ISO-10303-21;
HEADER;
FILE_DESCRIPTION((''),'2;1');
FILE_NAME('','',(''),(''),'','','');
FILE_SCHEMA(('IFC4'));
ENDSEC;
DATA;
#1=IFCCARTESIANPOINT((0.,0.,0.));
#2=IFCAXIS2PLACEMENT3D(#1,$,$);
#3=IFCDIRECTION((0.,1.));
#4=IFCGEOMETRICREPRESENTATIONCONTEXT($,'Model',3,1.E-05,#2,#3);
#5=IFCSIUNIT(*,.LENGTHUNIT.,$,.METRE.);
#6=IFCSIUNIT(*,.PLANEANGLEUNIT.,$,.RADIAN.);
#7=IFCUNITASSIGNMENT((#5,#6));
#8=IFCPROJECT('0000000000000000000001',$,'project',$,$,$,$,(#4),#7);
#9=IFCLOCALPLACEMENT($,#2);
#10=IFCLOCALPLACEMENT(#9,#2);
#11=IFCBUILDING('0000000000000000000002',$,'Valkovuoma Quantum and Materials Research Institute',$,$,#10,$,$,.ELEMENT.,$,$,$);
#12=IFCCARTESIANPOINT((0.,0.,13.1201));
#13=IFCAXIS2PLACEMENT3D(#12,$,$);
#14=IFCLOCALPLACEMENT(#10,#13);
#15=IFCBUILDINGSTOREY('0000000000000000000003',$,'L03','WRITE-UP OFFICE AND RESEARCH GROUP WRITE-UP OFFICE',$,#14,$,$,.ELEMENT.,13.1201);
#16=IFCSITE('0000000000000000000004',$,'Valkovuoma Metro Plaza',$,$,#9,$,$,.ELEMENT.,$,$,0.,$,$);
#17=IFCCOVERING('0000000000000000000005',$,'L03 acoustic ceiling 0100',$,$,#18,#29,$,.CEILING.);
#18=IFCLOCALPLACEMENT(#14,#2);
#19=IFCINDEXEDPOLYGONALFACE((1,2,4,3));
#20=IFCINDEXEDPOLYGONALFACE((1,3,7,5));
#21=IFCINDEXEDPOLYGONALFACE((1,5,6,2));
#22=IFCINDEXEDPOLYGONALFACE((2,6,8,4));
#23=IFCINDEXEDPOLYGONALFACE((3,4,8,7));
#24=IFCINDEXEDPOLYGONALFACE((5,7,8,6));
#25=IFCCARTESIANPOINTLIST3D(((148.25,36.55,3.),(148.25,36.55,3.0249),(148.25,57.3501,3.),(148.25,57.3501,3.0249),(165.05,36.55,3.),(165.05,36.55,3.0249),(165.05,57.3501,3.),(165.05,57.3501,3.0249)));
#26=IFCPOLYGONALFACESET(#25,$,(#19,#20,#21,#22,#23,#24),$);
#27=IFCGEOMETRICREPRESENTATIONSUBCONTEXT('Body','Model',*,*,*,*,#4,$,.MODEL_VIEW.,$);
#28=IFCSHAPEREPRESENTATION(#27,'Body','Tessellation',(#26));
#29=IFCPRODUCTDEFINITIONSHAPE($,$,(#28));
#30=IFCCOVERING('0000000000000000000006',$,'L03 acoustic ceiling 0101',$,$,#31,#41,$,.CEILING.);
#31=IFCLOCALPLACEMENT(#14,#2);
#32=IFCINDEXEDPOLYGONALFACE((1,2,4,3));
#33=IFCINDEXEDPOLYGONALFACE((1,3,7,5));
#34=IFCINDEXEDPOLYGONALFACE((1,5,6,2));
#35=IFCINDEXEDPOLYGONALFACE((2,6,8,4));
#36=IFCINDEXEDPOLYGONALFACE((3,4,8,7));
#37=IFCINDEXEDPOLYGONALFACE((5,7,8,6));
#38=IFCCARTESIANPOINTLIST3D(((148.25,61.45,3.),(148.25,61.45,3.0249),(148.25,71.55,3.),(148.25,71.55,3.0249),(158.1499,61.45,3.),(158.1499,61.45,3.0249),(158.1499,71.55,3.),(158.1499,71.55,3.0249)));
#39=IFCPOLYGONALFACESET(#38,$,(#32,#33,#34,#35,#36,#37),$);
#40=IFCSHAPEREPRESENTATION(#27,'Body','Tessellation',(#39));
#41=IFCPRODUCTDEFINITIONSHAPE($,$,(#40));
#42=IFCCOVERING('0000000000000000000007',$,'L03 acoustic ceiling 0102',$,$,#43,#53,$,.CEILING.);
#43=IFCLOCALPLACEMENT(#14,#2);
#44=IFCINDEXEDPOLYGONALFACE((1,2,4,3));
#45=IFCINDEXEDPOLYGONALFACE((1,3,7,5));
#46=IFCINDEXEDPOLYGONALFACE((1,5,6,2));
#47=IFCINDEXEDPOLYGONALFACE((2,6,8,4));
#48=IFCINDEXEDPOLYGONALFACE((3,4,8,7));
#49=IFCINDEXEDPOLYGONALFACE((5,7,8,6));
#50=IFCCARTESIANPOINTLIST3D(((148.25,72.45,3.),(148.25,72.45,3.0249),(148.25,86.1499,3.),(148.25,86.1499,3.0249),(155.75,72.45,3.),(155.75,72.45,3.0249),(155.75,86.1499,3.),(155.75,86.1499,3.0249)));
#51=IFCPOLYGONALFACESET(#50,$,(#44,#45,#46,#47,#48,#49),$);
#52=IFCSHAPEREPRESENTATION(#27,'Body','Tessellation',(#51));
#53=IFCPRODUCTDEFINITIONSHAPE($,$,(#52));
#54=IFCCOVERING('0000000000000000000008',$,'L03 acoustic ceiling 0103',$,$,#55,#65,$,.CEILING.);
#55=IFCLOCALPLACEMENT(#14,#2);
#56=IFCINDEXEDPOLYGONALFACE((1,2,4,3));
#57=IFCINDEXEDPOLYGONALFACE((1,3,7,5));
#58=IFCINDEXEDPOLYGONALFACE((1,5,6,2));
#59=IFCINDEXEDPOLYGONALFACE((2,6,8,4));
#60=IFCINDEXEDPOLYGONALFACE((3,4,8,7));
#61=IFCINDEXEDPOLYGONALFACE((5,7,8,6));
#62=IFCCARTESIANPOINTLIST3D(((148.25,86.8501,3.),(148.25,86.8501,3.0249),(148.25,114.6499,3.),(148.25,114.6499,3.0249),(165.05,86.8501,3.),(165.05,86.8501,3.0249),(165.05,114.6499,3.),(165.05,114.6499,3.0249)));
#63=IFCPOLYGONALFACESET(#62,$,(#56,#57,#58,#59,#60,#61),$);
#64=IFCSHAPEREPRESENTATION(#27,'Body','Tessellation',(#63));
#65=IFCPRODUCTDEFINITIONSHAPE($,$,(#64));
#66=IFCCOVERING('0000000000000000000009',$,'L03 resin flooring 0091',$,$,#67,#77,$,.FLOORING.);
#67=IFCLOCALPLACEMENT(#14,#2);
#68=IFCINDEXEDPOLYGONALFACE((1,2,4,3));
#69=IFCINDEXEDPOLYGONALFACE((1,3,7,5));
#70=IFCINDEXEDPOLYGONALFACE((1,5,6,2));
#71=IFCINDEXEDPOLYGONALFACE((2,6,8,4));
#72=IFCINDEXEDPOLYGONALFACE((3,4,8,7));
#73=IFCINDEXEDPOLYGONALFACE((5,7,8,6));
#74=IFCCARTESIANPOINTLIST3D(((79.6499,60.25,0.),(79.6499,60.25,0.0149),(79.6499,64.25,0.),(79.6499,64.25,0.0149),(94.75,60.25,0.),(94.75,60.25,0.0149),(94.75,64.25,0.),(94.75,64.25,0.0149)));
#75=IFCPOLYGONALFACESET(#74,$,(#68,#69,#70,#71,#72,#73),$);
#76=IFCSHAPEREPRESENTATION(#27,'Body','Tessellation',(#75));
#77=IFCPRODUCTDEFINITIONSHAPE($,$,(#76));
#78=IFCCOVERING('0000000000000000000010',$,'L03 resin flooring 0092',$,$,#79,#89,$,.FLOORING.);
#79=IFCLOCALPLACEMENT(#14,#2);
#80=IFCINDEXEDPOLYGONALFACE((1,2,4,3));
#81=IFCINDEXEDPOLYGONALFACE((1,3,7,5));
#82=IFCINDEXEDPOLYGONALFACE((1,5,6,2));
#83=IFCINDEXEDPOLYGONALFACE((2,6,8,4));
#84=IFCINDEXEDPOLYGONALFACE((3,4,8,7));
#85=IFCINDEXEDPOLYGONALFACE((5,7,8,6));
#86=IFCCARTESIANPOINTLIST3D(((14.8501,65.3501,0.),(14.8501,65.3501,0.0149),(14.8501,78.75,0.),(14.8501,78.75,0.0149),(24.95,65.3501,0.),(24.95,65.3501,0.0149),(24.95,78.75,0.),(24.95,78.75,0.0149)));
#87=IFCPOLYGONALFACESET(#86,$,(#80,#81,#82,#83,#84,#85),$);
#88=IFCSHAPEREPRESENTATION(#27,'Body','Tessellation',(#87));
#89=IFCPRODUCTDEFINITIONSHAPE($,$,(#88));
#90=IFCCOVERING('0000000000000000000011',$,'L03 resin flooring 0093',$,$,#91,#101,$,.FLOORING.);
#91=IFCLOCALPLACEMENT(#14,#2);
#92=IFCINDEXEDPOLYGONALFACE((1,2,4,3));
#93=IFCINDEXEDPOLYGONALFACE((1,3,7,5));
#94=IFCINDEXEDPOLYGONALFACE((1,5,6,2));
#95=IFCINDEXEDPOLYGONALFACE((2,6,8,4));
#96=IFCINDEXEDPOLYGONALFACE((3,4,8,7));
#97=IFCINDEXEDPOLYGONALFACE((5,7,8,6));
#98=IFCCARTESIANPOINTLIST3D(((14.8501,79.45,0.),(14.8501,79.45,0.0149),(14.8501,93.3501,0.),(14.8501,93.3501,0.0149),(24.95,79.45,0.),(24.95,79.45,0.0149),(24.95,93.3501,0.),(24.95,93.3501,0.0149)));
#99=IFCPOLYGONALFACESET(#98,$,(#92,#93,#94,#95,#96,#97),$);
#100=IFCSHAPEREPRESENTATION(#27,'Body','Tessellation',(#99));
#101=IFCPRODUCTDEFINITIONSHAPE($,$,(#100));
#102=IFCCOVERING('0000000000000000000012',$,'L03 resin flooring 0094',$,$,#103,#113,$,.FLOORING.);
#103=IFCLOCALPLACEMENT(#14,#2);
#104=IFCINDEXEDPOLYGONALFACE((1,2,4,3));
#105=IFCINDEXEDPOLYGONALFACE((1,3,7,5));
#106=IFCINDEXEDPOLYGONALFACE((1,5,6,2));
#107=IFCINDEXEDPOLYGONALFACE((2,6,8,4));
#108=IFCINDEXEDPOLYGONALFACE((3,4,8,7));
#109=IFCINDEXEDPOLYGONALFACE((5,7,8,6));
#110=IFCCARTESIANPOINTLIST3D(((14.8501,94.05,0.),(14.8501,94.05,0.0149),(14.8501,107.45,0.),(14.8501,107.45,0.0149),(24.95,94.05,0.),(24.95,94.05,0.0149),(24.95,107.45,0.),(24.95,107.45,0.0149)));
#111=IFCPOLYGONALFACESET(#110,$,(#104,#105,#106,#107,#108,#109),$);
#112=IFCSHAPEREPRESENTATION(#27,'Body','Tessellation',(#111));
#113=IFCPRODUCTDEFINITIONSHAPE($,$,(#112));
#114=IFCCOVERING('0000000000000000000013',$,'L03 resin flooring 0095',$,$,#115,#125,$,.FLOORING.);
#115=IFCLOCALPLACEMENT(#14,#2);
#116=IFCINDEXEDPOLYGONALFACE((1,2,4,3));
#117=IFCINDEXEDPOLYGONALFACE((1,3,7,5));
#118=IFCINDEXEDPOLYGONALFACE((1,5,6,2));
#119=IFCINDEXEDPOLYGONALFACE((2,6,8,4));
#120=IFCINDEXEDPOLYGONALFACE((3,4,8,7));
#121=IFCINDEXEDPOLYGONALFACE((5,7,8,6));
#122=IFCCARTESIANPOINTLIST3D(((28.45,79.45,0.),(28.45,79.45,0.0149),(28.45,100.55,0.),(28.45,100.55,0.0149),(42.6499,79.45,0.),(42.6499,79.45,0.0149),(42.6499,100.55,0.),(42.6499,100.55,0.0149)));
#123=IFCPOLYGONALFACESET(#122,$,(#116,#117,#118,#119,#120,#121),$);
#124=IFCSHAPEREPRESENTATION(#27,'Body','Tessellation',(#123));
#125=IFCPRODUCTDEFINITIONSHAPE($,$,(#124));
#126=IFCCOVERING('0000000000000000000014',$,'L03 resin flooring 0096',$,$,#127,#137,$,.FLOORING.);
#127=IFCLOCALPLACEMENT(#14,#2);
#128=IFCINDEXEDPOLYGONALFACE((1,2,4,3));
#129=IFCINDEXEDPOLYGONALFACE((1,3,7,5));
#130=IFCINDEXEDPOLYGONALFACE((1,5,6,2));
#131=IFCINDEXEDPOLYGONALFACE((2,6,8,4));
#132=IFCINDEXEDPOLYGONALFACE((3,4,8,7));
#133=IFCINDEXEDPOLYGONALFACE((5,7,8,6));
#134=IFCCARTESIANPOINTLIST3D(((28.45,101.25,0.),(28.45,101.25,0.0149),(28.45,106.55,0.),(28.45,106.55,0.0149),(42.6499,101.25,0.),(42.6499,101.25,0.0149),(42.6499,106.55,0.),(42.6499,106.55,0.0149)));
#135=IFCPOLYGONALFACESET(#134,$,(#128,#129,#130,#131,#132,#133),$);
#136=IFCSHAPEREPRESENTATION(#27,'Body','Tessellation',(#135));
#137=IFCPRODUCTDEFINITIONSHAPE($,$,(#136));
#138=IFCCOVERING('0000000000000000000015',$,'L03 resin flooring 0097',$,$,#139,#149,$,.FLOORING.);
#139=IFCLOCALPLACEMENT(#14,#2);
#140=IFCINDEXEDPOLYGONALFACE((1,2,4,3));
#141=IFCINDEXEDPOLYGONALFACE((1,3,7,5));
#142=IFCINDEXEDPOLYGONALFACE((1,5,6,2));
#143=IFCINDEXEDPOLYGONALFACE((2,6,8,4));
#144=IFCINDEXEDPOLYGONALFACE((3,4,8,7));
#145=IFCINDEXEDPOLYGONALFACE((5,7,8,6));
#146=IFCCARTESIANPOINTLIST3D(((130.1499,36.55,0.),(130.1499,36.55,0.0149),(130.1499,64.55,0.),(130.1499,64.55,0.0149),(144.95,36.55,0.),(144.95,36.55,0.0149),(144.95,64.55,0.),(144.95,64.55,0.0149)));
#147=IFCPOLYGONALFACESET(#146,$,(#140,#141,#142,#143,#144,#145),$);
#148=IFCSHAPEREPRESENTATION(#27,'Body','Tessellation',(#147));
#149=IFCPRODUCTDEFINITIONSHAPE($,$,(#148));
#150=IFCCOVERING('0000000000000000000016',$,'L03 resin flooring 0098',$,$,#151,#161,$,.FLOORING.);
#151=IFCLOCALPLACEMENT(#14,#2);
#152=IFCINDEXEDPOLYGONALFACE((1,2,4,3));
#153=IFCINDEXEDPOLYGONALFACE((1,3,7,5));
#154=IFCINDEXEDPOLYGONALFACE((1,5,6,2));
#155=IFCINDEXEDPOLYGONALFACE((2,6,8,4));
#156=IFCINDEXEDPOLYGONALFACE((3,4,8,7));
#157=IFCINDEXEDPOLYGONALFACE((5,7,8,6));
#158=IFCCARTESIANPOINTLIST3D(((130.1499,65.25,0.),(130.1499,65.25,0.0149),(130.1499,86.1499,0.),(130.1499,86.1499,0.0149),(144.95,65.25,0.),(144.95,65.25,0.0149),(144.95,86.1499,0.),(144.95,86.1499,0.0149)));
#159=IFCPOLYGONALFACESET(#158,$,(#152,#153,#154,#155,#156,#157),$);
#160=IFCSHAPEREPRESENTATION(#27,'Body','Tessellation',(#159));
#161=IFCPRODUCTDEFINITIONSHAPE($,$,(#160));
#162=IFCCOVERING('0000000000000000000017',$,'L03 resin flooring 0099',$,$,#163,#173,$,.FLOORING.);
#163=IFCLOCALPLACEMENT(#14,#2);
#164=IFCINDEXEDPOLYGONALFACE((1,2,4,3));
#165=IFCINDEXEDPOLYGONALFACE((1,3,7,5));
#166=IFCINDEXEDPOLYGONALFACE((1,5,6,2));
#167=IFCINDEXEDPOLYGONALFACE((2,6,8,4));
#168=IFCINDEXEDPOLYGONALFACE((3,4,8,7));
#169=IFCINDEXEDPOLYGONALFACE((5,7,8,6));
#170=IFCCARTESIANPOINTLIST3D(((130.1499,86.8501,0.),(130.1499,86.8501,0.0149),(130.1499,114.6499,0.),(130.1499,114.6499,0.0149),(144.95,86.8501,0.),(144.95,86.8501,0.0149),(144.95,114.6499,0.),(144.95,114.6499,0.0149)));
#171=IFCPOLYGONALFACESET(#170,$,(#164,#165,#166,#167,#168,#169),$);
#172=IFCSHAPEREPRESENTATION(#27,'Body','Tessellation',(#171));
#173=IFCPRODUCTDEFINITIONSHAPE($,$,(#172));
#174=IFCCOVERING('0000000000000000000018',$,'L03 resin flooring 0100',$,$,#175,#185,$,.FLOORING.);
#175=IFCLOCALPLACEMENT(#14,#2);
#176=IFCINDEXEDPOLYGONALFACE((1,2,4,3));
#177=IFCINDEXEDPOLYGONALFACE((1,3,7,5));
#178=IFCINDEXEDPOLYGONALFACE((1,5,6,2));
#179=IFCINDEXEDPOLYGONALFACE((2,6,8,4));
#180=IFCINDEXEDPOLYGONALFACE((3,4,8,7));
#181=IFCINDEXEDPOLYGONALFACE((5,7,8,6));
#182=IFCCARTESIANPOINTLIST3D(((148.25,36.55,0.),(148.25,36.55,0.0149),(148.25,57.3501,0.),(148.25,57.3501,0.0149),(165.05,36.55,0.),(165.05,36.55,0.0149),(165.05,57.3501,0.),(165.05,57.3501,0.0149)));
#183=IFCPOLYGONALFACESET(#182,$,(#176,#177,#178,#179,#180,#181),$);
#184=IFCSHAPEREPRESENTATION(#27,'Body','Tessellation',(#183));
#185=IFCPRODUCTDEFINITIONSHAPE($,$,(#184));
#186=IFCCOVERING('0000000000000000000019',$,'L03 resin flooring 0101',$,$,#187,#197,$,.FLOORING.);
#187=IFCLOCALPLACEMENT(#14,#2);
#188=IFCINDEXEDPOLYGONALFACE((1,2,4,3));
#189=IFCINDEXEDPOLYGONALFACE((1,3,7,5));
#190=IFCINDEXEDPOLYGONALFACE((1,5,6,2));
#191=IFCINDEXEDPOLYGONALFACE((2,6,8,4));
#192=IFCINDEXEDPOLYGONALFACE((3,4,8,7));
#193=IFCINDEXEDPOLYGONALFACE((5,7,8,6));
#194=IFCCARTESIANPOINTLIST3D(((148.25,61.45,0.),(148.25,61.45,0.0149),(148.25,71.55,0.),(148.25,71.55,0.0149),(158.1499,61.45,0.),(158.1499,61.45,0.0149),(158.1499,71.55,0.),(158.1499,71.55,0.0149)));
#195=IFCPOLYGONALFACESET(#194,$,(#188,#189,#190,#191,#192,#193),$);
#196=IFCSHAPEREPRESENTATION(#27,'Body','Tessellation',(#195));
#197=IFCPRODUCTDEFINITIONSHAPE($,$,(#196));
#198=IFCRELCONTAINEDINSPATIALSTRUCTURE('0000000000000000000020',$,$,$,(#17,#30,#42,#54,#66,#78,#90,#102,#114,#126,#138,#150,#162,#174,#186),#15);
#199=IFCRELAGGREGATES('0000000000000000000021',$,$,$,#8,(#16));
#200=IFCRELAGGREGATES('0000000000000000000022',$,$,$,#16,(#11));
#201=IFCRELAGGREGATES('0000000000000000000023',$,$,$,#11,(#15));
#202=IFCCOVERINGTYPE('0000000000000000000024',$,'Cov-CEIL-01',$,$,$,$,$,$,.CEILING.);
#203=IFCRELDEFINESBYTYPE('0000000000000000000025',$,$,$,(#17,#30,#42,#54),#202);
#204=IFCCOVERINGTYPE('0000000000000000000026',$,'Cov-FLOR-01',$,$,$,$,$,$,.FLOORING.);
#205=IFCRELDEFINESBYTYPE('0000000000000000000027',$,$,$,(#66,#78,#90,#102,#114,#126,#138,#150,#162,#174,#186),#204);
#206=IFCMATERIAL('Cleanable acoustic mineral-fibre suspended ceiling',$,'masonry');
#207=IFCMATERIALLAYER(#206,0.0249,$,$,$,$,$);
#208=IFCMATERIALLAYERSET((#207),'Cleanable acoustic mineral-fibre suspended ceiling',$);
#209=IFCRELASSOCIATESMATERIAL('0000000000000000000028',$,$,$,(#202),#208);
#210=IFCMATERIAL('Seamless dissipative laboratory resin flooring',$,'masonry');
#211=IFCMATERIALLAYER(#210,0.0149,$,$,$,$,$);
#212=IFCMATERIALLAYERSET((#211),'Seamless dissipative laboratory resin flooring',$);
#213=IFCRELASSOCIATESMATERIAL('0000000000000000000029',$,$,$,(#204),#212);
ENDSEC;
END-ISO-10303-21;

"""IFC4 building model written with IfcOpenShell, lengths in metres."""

from ifc_helpers import new_model, si_unit, direction, frame, origin, place, context, subcontext, project, spatial, polyline, outline, extrude, material, layer, layer_set, type_object, element, save


model = new_model("IFC4")

# Units and contexts
model_context = context("Model", 3, precision=1e-05, world=origin(), true_north=direction((0.0, 1.0)))
body_context = subcontext(model_context, "Body", "Model", "MODEL_VIEW")
ifc_project = project(units=[si_unit("LENGTHUNIT", "METRE"), si_unit("PLANEANGLEUNIT", "RADIAN")], contexts=[model_context])

# Site, building, storey
site_placement = place(None, origin())
site = spatial("IfcSite", under=ifc_project, at=site_placement, Name="Valkovuoma Metro Plaza", CompositionType="ELEMENT", RefElevation=0.0)
building_placement = place(site_placement, origin())
building = spatial("IfcBuilding", under=site, at=building_placement, Name="Valkovuoma Quantum and Materials Research Institute", CompositionType="ELEMENT")
storey_placement = place(building_placement, frame((0.0, 0.0, 13.1201)))
storey = spatial("IfcBuildingStorey", under=building, at=storey_placement, Name="L03", Description="WRITE-UP OFFICE AND RESEARCH GROUP WRITE-UP OFFICE", CompositionType="ELEMENT", Elevation=13.1201)

# Coverings
ifc_material_1 = material(Name="Cleanable acoustic mineral-fibre suspended ceiling", Category="masonry")
ifc_layer_1 = layer(ifc_material_1, 0.0249)
ifc_layer_set_1 = layer_set([ifc_layer_1], Name="Cleanable acoustic mineral-fibre suspended ceiling")
covering_type_1 = type_object("IfcCoveringType", Name="Cov-CEIL-01", PredefinedType="CEILING", material=ifc_layer_set_1)
covering_1_placement = place(storey_placement, frame((0.0, 0.0, 3.0)))
element("IfcCovering", 1, at=covering_1_placement, inside=storey, type_object=covering_type_1, Name="L03 acoustic ceiling 0100", PredefinedType="CEILING", context=body_context, shape_type="SweptSolid", body=[
    extrude(outline(polyline([(148.25, 36.55), (165.05, 36.55), (165.05, 57.3501), (148.25, 57.3501), (148.25, 36.55)])), origin(), (0.0, 0.0, 1.0), 0.0249),
])
covering_2_placement = place(storey_placement, frame((0.0, 0.0, 3.0)))
element("IfcCovering", 2, at=covering_2_placement, inside=storey, type_object=covering_type_1, Name="L03 acoustic ceiling 0101", PredefinedType="CEILING", context=body_context, shape_type="SweptSolid", body=[
    extrude(outline(polyline([(148.25, 61.45), (158.1499, 61.45), (158.1499, 71.55), (148.25, 71.55), (148.25, 61.45)])), origin(), (0.0, 0.0, 1.0), 0.0249),
])
covering_3_placement = place(storey_placement, frame((0.0, 0.0, 3.0)))
element("IfcCovering", 3, at=covering_3_placement, inside=storey, type_object=covering_type_1, Name="L03 acoustic ceiling 0102", PredefinedType="CEILING", context=body_context, shape_type="SweptSolid", body=[
    extrude(outline(polyline([(148.25, 72.45), (155.75, 72.45), (155.75, 86.1499), (148.25, 86.1499), (148.25, 72.45)])), origin(), (0.0, 0.0, 1.0), 0.0249),
])
covering_4_placement = place(storey_placement, frame((0.0, 0.0, 3.0)))
element("IfcCovering", 4, at=covering_4_placement, inside=storey, type_object=covering_type_1, Name="L03 acoustic ceiling 0103", PredefinedType="CEILING", context=body_context, shape_type="SweptSolid", body=[
    extrude(outline(polyline([(148.25, 86.8501), (165.05, 86.8501), (165.05, 114.6499), (148.25, 114.6499), (148.25, 86.8501)])), origin(), (0.0, 0.0, 1.0), 0.0249),
])
ifc_material_2 = material(Name="Seamless dissipative laboratory resin flooring", Category="masonry")
ifc_layer_2 = layer(ifc_material_2, 0.0149)
ifc_layer_set_2 = layer_set([ifc_layer_2], Name="Seamless dissipative laboratory resin flooring")
covering_type_2 = type_object("IfcCoveringType", Name="Cov-FLOR-01", PredefinedType="FLOORING", material=ifc_layer_set_2)
covering_5_placement = place(storey_placement, origin())
element("IfcCovering", 5, at=covering_5_placement, inside=storey, type_object=covering_type_2, Name="L03 resin flooring 0091", PredefinedType="FLOORING", context=body_context, shape_type="SweptSolid", body=[
    extrude(outline(polyline([(79.6499, 60.25), (94.75, 60.25), (94.75, 64.25), (79.6499, 64.25), (79.6499, 60.25)])), origin(), (0.0, 0.0, 1.0), 0.0149),
])
covering_6_placement = place(storey_placement, origin())
element("IfcCovering", 6, at=covering_6_placement, inside=storey, type_object=covering_type_2, Name="L03 resin flooring 0092", PredefinedType="FLOORING", context=body_context, shape_type="SweptSolid", body=[
    extrude(outline(polyline([(14.8501, 65.3501), (24.95, 65.3501), (24.95, 78.75), (14.8501, 78.75), (14.8501, 65.3501)])), origin(), (0.0, 0.0, 1.0), 0.0149),
])
covering_7_placement = place(storey_placement, origin())
element("IfcCovering", 7, at=covering_7_placement, inside=storey, type_object=covering_type_2, Name="L03 resin flooring 0093", PredefinedType="FLOORING", context=body_context, shape_type="SweptSolid", body=[
    extrude(outline(polyline([(14.8501, 79.45), (24.95, 79.45), (24.95, 93.3501), (14.8501, 93.3501), (14.8501, 79.45)])), origin(), (0.0, 0.0, 1.0), 0.0149),
])
covering_8_placement = place(storey_placement, origin())
element("IfcCovering", 8, at=covering_8_placement, inside=storey, type_object=covering_type_2, Name="L03 resin flooring 0094", PredefinedType="FLOORING", context=body_context, shape_type="SweptSolid", body=[
    extrude(outline(polyline([(14.8501, 94.05), (24.95, 94.05), (24.95, 107.45), (14.8501, 107.45), (14.8501, 94.05)])), origin(), (0.0, 0.0, 1.0), 0.0149),
])
covering_9_placement = place(storey_placement, origin())
element("IfcCovering", 9, at=covering_9_placement, inside=storey, type_object=covering_type_2, Name="L03 resin flooring 0095", PredefinedType="FLOORING", context=body_context, shape_type="SweptSolid", body=[
    extrude(outline(polyline([(28.45, 79.45), (42.6499, 79.45), (42.6499, 100.55), (28.45, 100.55), (28.45, 79.45)])), origin(), (0.0, 0.0, 1.0), 0.0149),
])
covering_10_placement = place(storey_placement, origin())
element("IfcCovering", 10, at=covering_10_placement, inside=storey, type_object=covering_type_2, Name="L03 resin flooring 0096", PredefinedType="FLOORING", context=body_context, shape_type="SweptSolid", body=[
    extrude(outline(polyline([(28.45, 101.25), (42.6499, 101.25), (42.6499, 106.55), (28.45, 106.55), (28.45, 101.25)])), origin(), (0.0, 0.0, 1.0), 0.0149),
])
covering_11_placement = place(storey_placement, origin())
element("IfcCovering", 11, at=covering_11_placement, inside=storey, type_object=covering_type_2, Name="L03 resin flooring 0097", PredefinedType="FLOORING", context=body_context, shape_type="SweptSolid", body=[
    extrude(outline(polyline([(130.1499, 36.55), (144.95, 36.55), (144.95, 64.55), (130.1499, 64.55), (130.1499, 36.55)])), origin(), (0.0, 0.0, 1.0), 0.0149),
])
covering_12_placement = place(storey_placement, origin())
element("IfcCovering", 12, at=covering_12_placement, inside=storey, type_object=covering_type_2, Name="L03 resin flooring 0098", PredefinedType="FLOORING", context=body_context, shape_type="SweptSolid", body=[
    extrude(outline(polyline([(130.1499, 65.25), (144.95, 65.25), (144.95, 86.1499), (130.1499, 86.1499), (130.1499, 65.25)])), origin(), (0.0, 0.0, 1.0), 0.0149),
])
covering_13_placement = place(storey_placement, origin())
element("IfcCovering", 13, at=covering_13_placement, inside=storey, type_object=covering_type_2, Name="L03 resin flooring 0099", PredefinedType="FLOORING", context=body_context, shape_type="SweptSolid", body=[
    extrude(outline(polyline([(130.1499, 86.8501), (144.95, 86.8501), (144.95, 114.6499), (130.1499, 114.6499), (130.1499, 86.8501)])), origin(), (0.0, 0.0, 1.0), 0.0149),
])
covering_14_placement = place(storey_placement, origin())
element("IfcCovering", 14, at=covering_14_placement, inside=storey, type_object=covering_type_2, Name="L03 resin flooring 0100", PredefinedType="FLOORING", context=body_context, shape_type="SweptSolid", body=[
    extrude(outline(polyline([(148.25, 36.55), (165.05, 36.55), (165.05, 57.3501), (148.25, 57.3501), (148.25, 36.55)])), origin(), (0.0, 0.0, 1.0), 0.0149),
])
covering_15_placement = place(storey_placement, origin())
element("IfcCovering", 15, at=covering_15_placement, inside=storey, type_object=covering_type_2, Name="L03 resin flooring 0101", PredefinedType="FLOORING", context=body_context, shape_type="SweptSolid", body=[
    extrude(outline(polyline([(148.25, 61.45), (158.1499, 61.45), (158.1499, 71.55), (148.25, 71.55), (148.25, 61.45)])), origin(), (0.0, 0.0, 1.0), 0.0149),
])

save(model, "model.ifc")
